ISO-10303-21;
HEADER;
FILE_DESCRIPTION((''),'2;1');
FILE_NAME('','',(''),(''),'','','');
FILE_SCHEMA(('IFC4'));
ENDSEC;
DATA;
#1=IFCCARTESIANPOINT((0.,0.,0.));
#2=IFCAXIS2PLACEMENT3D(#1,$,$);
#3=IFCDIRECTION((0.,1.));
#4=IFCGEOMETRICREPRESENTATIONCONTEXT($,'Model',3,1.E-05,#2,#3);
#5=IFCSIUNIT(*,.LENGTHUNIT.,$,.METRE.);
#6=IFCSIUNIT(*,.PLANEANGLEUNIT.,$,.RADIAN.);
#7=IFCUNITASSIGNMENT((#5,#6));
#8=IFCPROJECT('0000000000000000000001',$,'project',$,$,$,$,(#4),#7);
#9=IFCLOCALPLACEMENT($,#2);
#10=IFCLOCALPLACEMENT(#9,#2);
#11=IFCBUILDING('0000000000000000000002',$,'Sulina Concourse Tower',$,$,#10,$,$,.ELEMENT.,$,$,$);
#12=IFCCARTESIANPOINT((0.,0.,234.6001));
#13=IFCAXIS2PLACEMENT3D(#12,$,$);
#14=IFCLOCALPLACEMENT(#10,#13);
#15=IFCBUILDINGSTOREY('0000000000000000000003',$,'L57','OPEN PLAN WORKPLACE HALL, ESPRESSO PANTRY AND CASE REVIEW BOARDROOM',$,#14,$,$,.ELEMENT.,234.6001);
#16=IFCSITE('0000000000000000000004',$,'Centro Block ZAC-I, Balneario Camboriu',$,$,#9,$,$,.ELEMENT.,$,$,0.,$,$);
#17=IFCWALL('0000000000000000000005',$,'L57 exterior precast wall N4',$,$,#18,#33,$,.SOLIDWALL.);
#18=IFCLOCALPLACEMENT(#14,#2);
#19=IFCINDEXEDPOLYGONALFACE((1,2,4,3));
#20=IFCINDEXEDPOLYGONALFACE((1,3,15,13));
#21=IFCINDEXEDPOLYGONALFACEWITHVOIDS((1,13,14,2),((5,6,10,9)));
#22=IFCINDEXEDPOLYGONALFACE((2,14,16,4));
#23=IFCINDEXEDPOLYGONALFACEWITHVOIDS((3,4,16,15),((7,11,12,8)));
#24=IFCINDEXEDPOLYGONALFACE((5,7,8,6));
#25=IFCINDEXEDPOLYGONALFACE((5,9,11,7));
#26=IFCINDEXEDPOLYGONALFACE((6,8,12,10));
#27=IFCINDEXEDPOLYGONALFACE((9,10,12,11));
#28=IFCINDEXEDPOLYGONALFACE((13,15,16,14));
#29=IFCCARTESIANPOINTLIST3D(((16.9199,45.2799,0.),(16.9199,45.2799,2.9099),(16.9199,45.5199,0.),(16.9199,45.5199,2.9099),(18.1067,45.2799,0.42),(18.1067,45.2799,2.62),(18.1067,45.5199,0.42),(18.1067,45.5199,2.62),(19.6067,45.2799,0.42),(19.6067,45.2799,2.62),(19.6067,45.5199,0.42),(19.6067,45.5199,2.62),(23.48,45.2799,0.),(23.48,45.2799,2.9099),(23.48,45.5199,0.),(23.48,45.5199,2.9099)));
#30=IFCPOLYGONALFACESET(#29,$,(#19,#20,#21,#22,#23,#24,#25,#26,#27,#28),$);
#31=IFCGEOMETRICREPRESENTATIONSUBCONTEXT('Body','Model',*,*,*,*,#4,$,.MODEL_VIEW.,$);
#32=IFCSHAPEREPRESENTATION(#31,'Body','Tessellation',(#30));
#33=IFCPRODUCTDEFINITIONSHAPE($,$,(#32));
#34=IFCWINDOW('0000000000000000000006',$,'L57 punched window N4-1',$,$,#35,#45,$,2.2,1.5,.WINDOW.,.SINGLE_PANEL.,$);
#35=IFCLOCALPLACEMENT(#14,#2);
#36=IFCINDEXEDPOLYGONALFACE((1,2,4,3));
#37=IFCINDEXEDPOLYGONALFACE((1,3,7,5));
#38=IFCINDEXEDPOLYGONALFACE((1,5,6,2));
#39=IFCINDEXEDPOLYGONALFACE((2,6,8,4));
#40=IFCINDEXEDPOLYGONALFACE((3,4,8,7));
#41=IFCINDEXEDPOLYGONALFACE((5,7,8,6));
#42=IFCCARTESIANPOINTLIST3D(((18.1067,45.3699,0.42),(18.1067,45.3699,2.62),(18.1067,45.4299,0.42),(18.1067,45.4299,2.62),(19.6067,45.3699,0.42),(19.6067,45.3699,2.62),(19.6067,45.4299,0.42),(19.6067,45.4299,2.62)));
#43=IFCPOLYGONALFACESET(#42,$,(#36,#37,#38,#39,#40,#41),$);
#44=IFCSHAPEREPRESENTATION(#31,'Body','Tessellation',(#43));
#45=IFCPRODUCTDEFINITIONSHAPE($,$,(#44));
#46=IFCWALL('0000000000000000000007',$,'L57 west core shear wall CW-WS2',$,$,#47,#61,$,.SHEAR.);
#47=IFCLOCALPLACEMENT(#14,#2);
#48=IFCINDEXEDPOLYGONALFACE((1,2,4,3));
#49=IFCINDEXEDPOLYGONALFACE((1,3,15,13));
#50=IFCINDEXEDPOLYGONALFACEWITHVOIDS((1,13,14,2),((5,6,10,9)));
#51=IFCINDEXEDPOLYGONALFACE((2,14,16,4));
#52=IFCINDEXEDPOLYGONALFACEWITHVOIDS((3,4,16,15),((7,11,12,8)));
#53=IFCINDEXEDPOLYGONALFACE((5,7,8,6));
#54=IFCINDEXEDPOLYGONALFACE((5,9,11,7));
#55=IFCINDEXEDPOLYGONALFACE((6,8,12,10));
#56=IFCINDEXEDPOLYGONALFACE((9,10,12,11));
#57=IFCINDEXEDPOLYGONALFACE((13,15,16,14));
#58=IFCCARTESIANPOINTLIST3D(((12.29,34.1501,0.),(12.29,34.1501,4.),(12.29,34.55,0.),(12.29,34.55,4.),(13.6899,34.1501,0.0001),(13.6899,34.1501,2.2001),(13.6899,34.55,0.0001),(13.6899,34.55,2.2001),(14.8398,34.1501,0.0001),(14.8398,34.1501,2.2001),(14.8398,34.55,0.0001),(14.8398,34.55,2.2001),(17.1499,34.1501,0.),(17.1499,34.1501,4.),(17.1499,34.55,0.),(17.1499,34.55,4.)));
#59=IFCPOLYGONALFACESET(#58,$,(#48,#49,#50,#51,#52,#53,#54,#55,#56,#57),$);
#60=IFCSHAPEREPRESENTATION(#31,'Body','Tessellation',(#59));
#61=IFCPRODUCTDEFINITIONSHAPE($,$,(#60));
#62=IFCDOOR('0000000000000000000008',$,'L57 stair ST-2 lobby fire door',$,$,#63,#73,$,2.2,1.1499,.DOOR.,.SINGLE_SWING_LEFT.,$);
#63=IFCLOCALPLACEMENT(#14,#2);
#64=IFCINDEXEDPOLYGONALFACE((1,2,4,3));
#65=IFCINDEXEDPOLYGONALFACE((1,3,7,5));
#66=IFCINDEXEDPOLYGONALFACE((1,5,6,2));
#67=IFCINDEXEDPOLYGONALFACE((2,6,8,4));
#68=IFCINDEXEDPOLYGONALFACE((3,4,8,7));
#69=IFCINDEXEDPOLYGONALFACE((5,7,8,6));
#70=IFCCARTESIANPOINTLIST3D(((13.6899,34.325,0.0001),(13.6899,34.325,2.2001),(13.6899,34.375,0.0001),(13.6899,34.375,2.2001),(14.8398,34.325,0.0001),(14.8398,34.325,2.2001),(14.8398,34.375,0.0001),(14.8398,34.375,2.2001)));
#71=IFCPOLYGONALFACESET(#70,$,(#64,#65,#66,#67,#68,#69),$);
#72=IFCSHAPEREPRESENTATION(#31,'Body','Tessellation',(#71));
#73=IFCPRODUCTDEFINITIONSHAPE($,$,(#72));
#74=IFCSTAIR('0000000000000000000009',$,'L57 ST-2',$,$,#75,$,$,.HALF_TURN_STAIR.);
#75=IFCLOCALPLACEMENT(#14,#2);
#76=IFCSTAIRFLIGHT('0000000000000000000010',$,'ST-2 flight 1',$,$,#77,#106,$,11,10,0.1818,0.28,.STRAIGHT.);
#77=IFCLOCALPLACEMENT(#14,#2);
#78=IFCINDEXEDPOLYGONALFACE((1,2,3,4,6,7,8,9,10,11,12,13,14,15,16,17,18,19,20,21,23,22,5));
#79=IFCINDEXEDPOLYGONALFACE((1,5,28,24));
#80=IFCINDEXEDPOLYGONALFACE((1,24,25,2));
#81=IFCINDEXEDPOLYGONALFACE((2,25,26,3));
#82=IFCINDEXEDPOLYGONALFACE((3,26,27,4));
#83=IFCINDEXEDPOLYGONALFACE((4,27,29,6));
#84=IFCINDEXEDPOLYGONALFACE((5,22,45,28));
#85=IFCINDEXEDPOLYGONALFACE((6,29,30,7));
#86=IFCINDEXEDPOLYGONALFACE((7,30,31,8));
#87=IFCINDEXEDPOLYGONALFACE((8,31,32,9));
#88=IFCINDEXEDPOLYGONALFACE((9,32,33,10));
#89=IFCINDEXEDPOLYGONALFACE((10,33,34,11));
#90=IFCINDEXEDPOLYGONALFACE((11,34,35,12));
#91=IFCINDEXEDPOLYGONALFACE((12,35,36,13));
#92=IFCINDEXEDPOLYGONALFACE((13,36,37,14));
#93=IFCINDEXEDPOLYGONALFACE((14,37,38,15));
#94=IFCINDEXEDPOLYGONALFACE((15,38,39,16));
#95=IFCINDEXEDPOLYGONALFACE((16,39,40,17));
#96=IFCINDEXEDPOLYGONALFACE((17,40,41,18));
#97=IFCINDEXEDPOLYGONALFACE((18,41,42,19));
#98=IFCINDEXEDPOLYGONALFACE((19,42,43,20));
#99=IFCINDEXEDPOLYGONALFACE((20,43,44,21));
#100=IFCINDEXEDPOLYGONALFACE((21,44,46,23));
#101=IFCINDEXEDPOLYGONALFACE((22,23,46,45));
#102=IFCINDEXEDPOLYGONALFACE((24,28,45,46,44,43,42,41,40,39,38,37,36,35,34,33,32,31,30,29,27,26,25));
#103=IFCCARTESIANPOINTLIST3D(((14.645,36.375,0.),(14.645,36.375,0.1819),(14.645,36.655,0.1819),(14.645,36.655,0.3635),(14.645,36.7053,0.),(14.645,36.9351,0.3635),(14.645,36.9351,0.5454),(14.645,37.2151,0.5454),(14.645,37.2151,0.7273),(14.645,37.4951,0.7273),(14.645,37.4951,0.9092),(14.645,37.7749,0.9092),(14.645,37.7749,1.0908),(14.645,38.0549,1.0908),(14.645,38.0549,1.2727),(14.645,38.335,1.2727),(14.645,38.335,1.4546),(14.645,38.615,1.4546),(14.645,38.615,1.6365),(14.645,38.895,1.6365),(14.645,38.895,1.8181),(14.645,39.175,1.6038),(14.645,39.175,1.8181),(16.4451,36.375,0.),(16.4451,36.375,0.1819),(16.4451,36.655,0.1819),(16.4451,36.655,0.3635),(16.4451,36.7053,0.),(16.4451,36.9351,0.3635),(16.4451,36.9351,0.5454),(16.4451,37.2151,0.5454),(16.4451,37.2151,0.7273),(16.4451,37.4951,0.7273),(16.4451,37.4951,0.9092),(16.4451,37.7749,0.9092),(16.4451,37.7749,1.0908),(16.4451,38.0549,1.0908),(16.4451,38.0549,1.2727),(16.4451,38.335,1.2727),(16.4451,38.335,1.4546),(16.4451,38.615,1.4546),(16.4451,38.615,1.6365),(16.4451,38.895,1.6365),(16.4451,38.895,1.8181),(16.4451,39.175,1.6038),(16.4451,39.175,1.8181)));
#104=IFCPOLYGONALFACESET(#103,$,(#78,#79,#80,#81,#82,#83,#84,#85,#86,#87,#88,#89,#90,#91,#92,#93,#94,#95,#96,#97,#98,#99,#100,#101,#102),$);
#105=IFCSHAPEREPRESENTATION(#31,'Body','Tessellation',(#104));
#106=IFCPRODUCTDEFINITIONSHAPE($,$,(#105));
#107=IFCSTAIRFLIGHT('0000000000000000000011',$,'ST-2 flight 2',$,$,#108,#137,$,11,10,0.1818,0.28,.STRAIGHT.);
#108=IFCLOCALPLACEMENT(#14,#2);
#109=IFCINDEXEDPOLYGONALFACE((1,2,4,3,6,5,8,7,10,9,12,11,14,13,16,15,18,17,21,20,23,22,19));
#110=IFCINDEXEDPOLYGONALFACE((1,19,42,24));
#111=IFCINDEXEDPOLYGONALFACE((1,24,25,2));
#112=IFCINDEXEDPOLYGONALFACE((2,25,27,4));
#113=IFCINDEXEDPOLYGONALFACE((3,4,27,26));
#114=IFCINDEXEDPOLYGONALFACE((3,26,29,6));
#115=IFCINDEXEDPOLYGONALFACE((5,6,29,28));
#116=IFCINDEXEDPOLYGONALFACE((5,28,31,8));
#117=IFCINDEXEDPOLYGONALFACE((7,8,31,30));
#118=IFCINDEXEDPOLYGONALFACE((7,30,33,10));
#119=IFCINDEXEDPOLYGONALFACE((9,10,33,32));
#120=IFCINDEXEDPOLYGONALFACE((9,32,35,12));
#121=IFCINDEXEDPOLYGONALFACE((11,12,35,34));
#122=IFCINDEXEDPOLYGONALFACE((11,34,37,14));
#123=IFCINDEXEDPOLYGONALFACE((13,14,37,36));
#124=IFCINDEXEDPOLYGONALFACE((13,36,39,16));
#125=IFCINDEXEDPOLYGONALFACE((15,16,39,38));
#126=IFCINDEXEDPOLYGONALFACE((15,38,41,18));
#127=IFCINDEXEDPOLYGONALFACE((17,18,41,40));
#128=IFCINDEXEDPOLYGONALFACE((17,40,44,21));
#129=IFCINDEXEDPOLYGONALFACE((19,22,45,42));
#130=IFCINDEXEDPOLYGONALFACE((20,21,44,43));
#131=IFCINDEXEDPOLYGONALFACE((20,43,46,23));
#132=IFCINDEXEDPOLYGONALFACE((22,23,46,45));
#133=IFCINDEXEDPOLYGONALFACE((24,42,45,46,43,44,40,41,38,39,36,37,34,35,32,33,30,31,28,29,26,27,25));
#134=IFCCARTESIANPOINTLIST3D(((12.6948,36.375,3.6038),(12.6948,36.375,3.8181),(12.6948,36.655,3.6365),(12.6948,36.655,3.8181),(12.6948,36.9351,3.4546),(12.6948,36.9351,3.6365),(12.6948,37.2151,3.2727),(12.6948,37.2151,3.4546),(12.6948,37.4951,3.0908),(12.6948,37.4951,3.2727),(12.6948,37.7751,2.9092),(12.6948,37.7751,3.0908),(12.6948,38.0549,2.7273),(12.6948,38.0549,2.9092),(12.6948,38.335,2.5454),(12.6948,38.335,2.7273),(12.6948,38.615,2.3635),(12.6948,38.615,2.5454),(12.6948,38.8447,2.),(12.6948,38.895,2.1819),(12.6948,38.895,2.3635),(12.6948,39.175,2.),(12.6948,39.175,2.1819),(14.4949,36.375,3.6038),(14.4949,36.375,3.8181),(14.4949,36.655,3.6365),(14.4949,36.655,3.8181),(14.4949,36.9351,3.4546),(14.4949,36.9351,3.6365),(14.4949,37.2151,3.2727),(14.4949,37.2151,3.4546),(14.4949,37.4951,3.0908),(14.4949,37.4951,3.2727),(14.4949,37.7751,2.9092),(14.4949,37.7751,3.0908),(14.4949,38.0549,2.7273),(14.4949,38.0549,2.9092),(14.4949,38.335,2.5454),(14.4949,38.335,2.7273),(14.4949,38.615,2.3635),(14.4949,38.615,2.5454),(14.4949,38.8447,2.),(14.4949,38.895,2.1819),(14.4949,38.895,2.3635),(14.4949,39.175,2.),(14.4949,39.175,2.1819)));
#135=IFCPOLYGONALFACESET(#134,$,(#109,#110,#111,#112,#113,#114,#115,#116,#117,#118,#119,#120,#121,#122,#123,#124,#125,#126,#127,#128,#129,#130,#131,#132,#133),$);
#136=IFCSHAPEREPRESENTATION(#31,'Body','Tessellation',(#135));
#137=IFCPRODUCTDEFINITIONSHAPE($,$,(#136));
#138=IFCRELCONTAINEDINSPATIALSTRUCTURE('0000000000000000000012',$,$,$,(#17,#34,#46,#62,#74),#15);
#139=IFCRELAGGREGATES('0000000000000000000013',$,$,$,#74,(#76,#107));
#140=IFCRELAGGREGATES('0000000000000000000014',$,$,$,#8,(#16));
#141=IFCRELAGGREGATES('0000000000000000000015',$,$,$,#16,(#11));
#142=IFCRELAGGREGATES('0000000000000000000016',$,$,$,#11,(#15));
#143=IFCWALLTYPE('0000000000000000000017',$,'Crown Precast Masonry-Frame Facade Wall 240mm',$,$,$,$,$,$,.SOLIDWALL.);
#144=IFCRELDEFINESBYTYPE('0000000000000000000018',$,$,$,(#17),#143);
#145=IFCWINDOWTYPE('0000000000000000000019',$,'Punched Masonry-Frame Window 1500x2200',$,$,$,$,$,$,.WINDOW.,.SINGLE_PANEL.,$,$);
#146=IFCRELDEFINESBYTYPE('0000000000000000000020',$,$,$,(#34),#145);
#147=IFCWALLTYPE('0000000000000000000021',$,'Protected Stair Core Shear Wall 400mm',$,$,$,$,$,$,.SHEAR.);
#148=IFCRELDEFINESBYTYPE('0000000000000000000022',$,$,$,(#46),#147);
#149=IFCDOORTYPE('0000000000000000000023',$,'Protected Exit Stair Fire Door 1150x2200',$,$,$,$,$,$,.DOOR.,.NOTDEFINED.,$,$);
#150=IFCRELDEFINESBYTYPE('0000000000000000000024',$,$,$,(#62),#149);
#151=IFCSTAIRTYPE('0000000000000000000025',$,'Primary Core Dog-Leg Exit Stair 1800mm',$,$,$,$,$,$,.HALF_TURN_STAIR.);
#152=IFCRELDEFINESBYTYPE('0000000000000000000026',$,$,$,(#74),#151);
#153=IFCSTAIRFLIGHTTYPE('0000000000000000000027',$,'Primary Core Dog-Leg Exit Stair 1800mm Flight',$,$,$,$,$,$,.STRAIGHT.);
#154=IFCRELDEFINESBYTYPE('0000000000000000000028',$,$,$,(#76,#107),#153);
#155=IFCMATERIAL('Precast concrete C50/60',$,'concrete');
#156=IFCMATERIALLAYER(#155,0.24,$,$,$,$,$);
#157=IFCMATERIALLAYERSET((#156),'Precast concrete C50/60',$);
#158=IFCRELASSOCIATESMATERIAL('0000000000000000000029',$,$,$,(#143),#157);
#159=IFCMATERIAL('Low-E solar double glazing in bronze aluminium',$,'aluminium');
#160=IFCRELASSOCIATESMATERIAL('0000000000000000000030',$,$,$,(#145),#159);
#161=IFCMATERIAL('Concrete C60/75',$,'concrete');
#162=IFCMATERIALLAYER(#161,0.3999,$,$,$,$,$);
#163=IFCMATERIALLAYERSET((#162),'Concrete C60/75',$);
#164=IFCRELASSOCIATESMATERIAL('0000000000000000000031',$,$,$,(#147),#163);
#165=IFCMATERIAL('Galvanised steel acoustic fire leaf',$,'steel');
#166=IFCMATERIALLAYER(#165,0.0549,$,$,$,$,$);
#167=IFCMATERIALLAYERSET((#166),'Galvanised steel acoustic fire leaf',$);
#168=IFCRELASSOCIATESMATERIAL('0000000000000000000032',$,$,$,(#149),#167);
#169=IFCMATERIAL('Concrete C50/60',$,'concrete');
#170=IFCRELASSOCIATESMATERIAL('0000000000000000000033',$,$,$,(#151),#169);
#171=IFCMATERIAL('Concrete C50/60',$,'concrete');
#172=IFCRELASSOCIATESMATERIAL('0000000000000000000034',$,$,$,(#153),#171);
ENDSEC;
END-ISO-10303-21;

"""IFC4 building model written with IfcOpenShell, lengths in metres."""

from ifc_helpers import new_model, si_unit, direction, frame, frame_2d, origin, place, context, subcontext, project, spatial, polyline, rectangle, outline, extrude, material, layer, layer_set, type_object, element, fill, aggregate, save


model = new_model("IFC4")

# Units and contexts
model_context = context("Model", 3, precision=1e-05, world=origin(), true_north=direction((0.0, 1.0)))
body_context = subcontext(model_context, "Body", "Model", "MODEL_VIEW")
ifc_project = project(units=[si_unit("LENGTHUNIT", "METRE"), si_unit("PLANEANGLEUNIT", "RADIAN")], contexts=[model_context])

# Site, building, storey
site_placement = place(None, origin())
site = spatial("IfcSite", under=ifc_project, at=site_placement, Name="Centro Block ZAC-I, Balneario Camboriu", CompositionType="ELEMENT", RefElevation=0.0)
building_placement = place(site_placement, origin())
building = spatial("IfcBuilding", under=site, at=building_placement, Name="Sulina Concourse Tower", CompositionType="ELEMENT")
storey_placement = place(building_placement, frame((0.0, 0.0, 234.6001)))
storey = spatial("IfcBuildingStorey", under=building, at=storey_placement, Name="L57", Description="OPEN PLAN WORKPLACE HALL, ESPRESSO PANTRY AND CASE REVIEW BOARDROOM", CompositionType="ELEMENT", Elevation=234.6001)

# Shared definitions
ifc_material_1 = material(Name="Precast concrete C50/60", Category="concrete")
ifc_layer_1 = layer(ifc_material_1, 0.24)
ifc_layer_set_1 = layer_set([ifc_layer_1], Name="Precast concrete C50/60")
wall_type_1 = type_object("IfcWallType", Name="Crown Precast Masonry-Frame Facade Wall 240mm", PredefinedType="SOLIDWALL", material=ifc_layer_set_1)

# Wall, opening, window
wall_1_placement = place(storey_placement, frame((16.9199, 45.3999, 0.0), z_axis=(0.0, 0.0, 1.0), x_axis=(1.0, 0.0, 0.0)))
wall_1 = element("IfcWall", 1, at=wall_1_placement, inside=storey, type_object=wall_type_1, Name="L57 exterior precast wall N4", PredefinedType="SOLIDWALL", context=body_context, shape_type="SweptSolid", body=[
    extrude(rectangle(XDim=6.5601, YDim=0.24, at=frame_2d((3.28, 0.0))), origin(), (0.0, 0.0, 1.0), 2.9099),
])
opening_1_placement = place(wall_1_placement, frame((1.1868, 0.0, 0.4199)))
opening_1 = element("IfcOpeningElement", 2, at=opening_1_placement, cuts=wall_1, PredefinedType="OPENING", context=body_context, shape_type="SweptSolid", body=[
    extrude(rectangle(XDim=1.5, YDim=2.2, at=frame_2d((0.75, 1.1001))), frame((0.0, 0.1299, 0.0), z_axis=(0.0, -1.0, 0.0), x_axis=(1.0, 0.0, 0.0)), (0.0, 0.0, 1.0), 0.26),
])
ifc_material_2 = material(Name="Low-E solar double glazing in bronze aluminium", Category="aluminium")
window_type = type_object("IfcWindowType", Name="Punched Masonry-Frame Window 1500x2200", PartitioningType="SINGLE_PANEL", PredefinedType="WINDOW", material=ifc_material_2)
window_placement = place(opening_1_placement, origin())
window = element("IfcWindow", 3, at=window_placement, inside=storey, type_object=window_type, Name="L57 punched window N4-1", OverallHeight=2.2, OverallWidth=1.5, PartitioningType="SINGLE_PANEL", PredefinedType="WINDOW", context=body_context, shape_type="SweptSolid", body=[
    extrude(rectangle(XDim=1.5, YDim=2.2, at=frame_2d((0.75, 1.1001))), frame((0.0, 0.03, 0.0), z_axis=(0.0, -1.0, 0.0), x_axis=(1.0, 0.0, 0.0)), (0.0, 0.0, 1.0), 0.0601),
])
fill(opening_1, window)

# Wall, opening, door
ifc_material_3 = material(Name="Concrete C60/75", Category="concrete")
ifc_layer_2 = layer(ifc_material_3, 0.3999)
ifc_layer_set_2 = layer_set([ifc_layer_2], Name="Concrete C60/75")
wall_type_2 = type_object("IfcWallType", Name="Protected Stair Core Shear Wall 400mm", PredefinedType="SHEAR", material=ifc_layer_set_2)
wall_2_placement = place(storey_placement, frame((12.29, 34.3501, 0.0), z_axis=(0.0, 0.0, 1.0), x_axis=(1.0, 0.0, 0.0)))
wall_2 = element("IfcWall", 4, at=wall_2_placement, inside=storey, type_object=wall_type_2, Name="L57 west core shear wall CW-WS2", PredefinedType="SHEAR", context=body_context, shape_type="SweptSolid", body=[
    extrude(rectangle(XDim=4.8599, YDim=0.3999, at=frame_2d((2.4299, 0.0))), origin(), (0.0, 0.0, 1.0), 4.0),
])
opening_2_placement = place(wall_2_placement, frame((1.3999, 0.0, 0.0)))
opening_2 = element("IfcOpeningElement", 5, at=opening_2_placement, cuts=wall_2, PredefinedType="OPENING", context=body_context, shape_type="SweptSolid", body=[
    extrude(rectangle(XDim=1.1499, YDim=2.2, at=frame_2d((0.575, 1.1001))), frame((0.0, 0.21, 0.0), z_axis=(0.0, -1.0, 0.0), x_axis=(1.0, 0.0, 0.0)), (0.0, 0.0, 1.0), 0.4199),
])
ifc_material_4 = material(Name="Galvanised steel acoustic fire leaf", Category="steel")
ifc_layer_3 = layer(ifc_material_4, 0.0549)
ifc_layer_set_3 = layer_set([ifc_layer_3], Name="Galvanised steel acoustic fire leaf")
door_type_1 = type_object("IfcDoorType", Name="Protected Exit Stair Fire Door 1150x2200", OperationType="NOTDEFINED", PredefinedType="DOOR", material=ifc_layer_set_3)
door_1_placement = place(opening_2_placement, origin())
door_1 = element("IfcDoor", 6, at=door_1_placement, inside=storey, type_object=door_type_1, Name="L57 stair ST-2 lobby fire door", OperationType="SINGLE_SWING_LEFT", OverallHeight=2.2, OverallWidth=1.1499, PredefinedType="DOOR", context=body_context, shape_type="SweptSolid", body=[
    extrude(rectangle(XDim=1.1499, YDim=2.2, at=frame_2d((0.575, 1.1001))), frame((0.0, 0.0249, 0.0), z_axis=(0.0, -1.0, 0.0), x_axis=(1.0, 0.0, 0.0)), (0.0, 0.0, 1.0), 0.05),
])
fill(opening_2, door_1)

# Stair, stair flights
ifc_material_5 = material(Name="Concrete C50/60", Category="concrete")
stair_type = type_object("IfcStairType", Name="Primary Core Dog-Leg Exit Stair 1800mm", PredefinedType="HALF_TURN_STAIR", material=ifc_material_5)
stair_placement = place(storey_placement, origin())
stair = element("IfcStair", 7, at=stair_placement, inside=storey, type_object=stair_type, Name="L57 ST-2", PredefinedType="HALF_TURN_STAIR")
ifc_material_6 = material(Name="Concrete C50/60", Category="concrete")
stair_flight_type = type_object("IfcStairFlightType", Name="Primary Core Dog-Leg Exit Stair 1800mm Flight", PredefinedType="STRAIGHT", material=ifc_material_6)
stair_flight_1_placement = place(storey_placement, frame((15.5449, 36.375, 0.0), z_axis=(0.0, 0.0, 1.0), x_axis=(0.0, 1.0, 0.0)))
stair_flight_1 = element("IfcStairFlight", 8, at=stair_flight_1_placement, type_object=stair_flight_type, Name="ST-2 flight 1", NumberOfRisers=11, NumberOfTreads=10, PredefinedType="STRAIGHT", RiserHeight=0.1818, TreadLength=0.28, context=body_context, shape_type="SweptSolid", body=[
    extrude(outline(polyline([(0.0, 0.0), (0.0, 0.1819), (0.28, 0.1819), (0.28, 0.3635), (0.5601, 0.3635), (0.5601, 0.5454), (0.8401, 0.5454), (0.8401, 0.7273), (1.1201, 0.7273), (1.1201, 0.9092), (1.3999, 0.9092), (1.3999, 1.0908), (1.6799, 1.0908), (1.6799, 1.2727), (1.96, 1.2727), (1.96, 1.4546), (2.24, 1.4546), (2.24, 1.6365), (2.52, 1.6365), (2.52, 1.8181), (2.8, 1.8181), (2.8, 2.0), (2.8, 1.6038), (0.3303, 0.0), (0.0, 0.0)])), frame((0.0, 0.8999, 0.0), z_axis=(0.0, -1.0, 0.0), x_axis=(1.0, 0.0, 0.0)), (0.0, 0.0, 1.0), 1.8),
])
stair_flight_2_placement = place(storey_placement, frame((13.595, 39.175, 2.0), z_axis=(0.0, 0.0, 1.0), x_axis=(0.0, -1.0, 0.0)))
stair_flight_2 = element("IfcStairFlight", 9, at=stair_flight_2_placement, type_object=stair_flight_type, Name="ST-2 flight 2", NumberOfRisers=11, NumberOfTreads=10, PredefinedType="STRAIGHT", RiserHeight=0.1818, TreadLength=0.28, context=body_context, shape_type="SweptSolid", body=[
    extrude(outline(polyline([(0.0, 0.0), (0.0, 0.1819), (0.28, 0.1819), (0.28, 0.3635), (0.5601, 0.3635), (0.5601, 0.5454), (0.8401, 0.5454), (0.8401, 0.7273), (1.1201, 0.7273), (1.1201, 0.9092), (1.3999, 0.9092), (1.3999, 1.0908), (1.6799, 1.0908), (1.6799, 1.2727), (1.96, 1.2727), (1.96, 1.4546), (2.24, 1.4546), (2.24, 1.6365), (2.52, 1.6365), (2.52, 1.8181), (2.8, 1.8181), (2.8, 2.0), (2.8, 1.6038), (0.3303, 0.0), (0.0, 0.0)])), frame((0.0, 0.8999, 0.0), z_axis=(0.0, -1.0, 0.0), x_axis=(1.0, 0.0, 0.0)), (0.0, 0.0, 1.0), 1.8),
])
aggregate(stair, [stair_flight_1, stair_flight_2])

save(model, "model.ifc")
